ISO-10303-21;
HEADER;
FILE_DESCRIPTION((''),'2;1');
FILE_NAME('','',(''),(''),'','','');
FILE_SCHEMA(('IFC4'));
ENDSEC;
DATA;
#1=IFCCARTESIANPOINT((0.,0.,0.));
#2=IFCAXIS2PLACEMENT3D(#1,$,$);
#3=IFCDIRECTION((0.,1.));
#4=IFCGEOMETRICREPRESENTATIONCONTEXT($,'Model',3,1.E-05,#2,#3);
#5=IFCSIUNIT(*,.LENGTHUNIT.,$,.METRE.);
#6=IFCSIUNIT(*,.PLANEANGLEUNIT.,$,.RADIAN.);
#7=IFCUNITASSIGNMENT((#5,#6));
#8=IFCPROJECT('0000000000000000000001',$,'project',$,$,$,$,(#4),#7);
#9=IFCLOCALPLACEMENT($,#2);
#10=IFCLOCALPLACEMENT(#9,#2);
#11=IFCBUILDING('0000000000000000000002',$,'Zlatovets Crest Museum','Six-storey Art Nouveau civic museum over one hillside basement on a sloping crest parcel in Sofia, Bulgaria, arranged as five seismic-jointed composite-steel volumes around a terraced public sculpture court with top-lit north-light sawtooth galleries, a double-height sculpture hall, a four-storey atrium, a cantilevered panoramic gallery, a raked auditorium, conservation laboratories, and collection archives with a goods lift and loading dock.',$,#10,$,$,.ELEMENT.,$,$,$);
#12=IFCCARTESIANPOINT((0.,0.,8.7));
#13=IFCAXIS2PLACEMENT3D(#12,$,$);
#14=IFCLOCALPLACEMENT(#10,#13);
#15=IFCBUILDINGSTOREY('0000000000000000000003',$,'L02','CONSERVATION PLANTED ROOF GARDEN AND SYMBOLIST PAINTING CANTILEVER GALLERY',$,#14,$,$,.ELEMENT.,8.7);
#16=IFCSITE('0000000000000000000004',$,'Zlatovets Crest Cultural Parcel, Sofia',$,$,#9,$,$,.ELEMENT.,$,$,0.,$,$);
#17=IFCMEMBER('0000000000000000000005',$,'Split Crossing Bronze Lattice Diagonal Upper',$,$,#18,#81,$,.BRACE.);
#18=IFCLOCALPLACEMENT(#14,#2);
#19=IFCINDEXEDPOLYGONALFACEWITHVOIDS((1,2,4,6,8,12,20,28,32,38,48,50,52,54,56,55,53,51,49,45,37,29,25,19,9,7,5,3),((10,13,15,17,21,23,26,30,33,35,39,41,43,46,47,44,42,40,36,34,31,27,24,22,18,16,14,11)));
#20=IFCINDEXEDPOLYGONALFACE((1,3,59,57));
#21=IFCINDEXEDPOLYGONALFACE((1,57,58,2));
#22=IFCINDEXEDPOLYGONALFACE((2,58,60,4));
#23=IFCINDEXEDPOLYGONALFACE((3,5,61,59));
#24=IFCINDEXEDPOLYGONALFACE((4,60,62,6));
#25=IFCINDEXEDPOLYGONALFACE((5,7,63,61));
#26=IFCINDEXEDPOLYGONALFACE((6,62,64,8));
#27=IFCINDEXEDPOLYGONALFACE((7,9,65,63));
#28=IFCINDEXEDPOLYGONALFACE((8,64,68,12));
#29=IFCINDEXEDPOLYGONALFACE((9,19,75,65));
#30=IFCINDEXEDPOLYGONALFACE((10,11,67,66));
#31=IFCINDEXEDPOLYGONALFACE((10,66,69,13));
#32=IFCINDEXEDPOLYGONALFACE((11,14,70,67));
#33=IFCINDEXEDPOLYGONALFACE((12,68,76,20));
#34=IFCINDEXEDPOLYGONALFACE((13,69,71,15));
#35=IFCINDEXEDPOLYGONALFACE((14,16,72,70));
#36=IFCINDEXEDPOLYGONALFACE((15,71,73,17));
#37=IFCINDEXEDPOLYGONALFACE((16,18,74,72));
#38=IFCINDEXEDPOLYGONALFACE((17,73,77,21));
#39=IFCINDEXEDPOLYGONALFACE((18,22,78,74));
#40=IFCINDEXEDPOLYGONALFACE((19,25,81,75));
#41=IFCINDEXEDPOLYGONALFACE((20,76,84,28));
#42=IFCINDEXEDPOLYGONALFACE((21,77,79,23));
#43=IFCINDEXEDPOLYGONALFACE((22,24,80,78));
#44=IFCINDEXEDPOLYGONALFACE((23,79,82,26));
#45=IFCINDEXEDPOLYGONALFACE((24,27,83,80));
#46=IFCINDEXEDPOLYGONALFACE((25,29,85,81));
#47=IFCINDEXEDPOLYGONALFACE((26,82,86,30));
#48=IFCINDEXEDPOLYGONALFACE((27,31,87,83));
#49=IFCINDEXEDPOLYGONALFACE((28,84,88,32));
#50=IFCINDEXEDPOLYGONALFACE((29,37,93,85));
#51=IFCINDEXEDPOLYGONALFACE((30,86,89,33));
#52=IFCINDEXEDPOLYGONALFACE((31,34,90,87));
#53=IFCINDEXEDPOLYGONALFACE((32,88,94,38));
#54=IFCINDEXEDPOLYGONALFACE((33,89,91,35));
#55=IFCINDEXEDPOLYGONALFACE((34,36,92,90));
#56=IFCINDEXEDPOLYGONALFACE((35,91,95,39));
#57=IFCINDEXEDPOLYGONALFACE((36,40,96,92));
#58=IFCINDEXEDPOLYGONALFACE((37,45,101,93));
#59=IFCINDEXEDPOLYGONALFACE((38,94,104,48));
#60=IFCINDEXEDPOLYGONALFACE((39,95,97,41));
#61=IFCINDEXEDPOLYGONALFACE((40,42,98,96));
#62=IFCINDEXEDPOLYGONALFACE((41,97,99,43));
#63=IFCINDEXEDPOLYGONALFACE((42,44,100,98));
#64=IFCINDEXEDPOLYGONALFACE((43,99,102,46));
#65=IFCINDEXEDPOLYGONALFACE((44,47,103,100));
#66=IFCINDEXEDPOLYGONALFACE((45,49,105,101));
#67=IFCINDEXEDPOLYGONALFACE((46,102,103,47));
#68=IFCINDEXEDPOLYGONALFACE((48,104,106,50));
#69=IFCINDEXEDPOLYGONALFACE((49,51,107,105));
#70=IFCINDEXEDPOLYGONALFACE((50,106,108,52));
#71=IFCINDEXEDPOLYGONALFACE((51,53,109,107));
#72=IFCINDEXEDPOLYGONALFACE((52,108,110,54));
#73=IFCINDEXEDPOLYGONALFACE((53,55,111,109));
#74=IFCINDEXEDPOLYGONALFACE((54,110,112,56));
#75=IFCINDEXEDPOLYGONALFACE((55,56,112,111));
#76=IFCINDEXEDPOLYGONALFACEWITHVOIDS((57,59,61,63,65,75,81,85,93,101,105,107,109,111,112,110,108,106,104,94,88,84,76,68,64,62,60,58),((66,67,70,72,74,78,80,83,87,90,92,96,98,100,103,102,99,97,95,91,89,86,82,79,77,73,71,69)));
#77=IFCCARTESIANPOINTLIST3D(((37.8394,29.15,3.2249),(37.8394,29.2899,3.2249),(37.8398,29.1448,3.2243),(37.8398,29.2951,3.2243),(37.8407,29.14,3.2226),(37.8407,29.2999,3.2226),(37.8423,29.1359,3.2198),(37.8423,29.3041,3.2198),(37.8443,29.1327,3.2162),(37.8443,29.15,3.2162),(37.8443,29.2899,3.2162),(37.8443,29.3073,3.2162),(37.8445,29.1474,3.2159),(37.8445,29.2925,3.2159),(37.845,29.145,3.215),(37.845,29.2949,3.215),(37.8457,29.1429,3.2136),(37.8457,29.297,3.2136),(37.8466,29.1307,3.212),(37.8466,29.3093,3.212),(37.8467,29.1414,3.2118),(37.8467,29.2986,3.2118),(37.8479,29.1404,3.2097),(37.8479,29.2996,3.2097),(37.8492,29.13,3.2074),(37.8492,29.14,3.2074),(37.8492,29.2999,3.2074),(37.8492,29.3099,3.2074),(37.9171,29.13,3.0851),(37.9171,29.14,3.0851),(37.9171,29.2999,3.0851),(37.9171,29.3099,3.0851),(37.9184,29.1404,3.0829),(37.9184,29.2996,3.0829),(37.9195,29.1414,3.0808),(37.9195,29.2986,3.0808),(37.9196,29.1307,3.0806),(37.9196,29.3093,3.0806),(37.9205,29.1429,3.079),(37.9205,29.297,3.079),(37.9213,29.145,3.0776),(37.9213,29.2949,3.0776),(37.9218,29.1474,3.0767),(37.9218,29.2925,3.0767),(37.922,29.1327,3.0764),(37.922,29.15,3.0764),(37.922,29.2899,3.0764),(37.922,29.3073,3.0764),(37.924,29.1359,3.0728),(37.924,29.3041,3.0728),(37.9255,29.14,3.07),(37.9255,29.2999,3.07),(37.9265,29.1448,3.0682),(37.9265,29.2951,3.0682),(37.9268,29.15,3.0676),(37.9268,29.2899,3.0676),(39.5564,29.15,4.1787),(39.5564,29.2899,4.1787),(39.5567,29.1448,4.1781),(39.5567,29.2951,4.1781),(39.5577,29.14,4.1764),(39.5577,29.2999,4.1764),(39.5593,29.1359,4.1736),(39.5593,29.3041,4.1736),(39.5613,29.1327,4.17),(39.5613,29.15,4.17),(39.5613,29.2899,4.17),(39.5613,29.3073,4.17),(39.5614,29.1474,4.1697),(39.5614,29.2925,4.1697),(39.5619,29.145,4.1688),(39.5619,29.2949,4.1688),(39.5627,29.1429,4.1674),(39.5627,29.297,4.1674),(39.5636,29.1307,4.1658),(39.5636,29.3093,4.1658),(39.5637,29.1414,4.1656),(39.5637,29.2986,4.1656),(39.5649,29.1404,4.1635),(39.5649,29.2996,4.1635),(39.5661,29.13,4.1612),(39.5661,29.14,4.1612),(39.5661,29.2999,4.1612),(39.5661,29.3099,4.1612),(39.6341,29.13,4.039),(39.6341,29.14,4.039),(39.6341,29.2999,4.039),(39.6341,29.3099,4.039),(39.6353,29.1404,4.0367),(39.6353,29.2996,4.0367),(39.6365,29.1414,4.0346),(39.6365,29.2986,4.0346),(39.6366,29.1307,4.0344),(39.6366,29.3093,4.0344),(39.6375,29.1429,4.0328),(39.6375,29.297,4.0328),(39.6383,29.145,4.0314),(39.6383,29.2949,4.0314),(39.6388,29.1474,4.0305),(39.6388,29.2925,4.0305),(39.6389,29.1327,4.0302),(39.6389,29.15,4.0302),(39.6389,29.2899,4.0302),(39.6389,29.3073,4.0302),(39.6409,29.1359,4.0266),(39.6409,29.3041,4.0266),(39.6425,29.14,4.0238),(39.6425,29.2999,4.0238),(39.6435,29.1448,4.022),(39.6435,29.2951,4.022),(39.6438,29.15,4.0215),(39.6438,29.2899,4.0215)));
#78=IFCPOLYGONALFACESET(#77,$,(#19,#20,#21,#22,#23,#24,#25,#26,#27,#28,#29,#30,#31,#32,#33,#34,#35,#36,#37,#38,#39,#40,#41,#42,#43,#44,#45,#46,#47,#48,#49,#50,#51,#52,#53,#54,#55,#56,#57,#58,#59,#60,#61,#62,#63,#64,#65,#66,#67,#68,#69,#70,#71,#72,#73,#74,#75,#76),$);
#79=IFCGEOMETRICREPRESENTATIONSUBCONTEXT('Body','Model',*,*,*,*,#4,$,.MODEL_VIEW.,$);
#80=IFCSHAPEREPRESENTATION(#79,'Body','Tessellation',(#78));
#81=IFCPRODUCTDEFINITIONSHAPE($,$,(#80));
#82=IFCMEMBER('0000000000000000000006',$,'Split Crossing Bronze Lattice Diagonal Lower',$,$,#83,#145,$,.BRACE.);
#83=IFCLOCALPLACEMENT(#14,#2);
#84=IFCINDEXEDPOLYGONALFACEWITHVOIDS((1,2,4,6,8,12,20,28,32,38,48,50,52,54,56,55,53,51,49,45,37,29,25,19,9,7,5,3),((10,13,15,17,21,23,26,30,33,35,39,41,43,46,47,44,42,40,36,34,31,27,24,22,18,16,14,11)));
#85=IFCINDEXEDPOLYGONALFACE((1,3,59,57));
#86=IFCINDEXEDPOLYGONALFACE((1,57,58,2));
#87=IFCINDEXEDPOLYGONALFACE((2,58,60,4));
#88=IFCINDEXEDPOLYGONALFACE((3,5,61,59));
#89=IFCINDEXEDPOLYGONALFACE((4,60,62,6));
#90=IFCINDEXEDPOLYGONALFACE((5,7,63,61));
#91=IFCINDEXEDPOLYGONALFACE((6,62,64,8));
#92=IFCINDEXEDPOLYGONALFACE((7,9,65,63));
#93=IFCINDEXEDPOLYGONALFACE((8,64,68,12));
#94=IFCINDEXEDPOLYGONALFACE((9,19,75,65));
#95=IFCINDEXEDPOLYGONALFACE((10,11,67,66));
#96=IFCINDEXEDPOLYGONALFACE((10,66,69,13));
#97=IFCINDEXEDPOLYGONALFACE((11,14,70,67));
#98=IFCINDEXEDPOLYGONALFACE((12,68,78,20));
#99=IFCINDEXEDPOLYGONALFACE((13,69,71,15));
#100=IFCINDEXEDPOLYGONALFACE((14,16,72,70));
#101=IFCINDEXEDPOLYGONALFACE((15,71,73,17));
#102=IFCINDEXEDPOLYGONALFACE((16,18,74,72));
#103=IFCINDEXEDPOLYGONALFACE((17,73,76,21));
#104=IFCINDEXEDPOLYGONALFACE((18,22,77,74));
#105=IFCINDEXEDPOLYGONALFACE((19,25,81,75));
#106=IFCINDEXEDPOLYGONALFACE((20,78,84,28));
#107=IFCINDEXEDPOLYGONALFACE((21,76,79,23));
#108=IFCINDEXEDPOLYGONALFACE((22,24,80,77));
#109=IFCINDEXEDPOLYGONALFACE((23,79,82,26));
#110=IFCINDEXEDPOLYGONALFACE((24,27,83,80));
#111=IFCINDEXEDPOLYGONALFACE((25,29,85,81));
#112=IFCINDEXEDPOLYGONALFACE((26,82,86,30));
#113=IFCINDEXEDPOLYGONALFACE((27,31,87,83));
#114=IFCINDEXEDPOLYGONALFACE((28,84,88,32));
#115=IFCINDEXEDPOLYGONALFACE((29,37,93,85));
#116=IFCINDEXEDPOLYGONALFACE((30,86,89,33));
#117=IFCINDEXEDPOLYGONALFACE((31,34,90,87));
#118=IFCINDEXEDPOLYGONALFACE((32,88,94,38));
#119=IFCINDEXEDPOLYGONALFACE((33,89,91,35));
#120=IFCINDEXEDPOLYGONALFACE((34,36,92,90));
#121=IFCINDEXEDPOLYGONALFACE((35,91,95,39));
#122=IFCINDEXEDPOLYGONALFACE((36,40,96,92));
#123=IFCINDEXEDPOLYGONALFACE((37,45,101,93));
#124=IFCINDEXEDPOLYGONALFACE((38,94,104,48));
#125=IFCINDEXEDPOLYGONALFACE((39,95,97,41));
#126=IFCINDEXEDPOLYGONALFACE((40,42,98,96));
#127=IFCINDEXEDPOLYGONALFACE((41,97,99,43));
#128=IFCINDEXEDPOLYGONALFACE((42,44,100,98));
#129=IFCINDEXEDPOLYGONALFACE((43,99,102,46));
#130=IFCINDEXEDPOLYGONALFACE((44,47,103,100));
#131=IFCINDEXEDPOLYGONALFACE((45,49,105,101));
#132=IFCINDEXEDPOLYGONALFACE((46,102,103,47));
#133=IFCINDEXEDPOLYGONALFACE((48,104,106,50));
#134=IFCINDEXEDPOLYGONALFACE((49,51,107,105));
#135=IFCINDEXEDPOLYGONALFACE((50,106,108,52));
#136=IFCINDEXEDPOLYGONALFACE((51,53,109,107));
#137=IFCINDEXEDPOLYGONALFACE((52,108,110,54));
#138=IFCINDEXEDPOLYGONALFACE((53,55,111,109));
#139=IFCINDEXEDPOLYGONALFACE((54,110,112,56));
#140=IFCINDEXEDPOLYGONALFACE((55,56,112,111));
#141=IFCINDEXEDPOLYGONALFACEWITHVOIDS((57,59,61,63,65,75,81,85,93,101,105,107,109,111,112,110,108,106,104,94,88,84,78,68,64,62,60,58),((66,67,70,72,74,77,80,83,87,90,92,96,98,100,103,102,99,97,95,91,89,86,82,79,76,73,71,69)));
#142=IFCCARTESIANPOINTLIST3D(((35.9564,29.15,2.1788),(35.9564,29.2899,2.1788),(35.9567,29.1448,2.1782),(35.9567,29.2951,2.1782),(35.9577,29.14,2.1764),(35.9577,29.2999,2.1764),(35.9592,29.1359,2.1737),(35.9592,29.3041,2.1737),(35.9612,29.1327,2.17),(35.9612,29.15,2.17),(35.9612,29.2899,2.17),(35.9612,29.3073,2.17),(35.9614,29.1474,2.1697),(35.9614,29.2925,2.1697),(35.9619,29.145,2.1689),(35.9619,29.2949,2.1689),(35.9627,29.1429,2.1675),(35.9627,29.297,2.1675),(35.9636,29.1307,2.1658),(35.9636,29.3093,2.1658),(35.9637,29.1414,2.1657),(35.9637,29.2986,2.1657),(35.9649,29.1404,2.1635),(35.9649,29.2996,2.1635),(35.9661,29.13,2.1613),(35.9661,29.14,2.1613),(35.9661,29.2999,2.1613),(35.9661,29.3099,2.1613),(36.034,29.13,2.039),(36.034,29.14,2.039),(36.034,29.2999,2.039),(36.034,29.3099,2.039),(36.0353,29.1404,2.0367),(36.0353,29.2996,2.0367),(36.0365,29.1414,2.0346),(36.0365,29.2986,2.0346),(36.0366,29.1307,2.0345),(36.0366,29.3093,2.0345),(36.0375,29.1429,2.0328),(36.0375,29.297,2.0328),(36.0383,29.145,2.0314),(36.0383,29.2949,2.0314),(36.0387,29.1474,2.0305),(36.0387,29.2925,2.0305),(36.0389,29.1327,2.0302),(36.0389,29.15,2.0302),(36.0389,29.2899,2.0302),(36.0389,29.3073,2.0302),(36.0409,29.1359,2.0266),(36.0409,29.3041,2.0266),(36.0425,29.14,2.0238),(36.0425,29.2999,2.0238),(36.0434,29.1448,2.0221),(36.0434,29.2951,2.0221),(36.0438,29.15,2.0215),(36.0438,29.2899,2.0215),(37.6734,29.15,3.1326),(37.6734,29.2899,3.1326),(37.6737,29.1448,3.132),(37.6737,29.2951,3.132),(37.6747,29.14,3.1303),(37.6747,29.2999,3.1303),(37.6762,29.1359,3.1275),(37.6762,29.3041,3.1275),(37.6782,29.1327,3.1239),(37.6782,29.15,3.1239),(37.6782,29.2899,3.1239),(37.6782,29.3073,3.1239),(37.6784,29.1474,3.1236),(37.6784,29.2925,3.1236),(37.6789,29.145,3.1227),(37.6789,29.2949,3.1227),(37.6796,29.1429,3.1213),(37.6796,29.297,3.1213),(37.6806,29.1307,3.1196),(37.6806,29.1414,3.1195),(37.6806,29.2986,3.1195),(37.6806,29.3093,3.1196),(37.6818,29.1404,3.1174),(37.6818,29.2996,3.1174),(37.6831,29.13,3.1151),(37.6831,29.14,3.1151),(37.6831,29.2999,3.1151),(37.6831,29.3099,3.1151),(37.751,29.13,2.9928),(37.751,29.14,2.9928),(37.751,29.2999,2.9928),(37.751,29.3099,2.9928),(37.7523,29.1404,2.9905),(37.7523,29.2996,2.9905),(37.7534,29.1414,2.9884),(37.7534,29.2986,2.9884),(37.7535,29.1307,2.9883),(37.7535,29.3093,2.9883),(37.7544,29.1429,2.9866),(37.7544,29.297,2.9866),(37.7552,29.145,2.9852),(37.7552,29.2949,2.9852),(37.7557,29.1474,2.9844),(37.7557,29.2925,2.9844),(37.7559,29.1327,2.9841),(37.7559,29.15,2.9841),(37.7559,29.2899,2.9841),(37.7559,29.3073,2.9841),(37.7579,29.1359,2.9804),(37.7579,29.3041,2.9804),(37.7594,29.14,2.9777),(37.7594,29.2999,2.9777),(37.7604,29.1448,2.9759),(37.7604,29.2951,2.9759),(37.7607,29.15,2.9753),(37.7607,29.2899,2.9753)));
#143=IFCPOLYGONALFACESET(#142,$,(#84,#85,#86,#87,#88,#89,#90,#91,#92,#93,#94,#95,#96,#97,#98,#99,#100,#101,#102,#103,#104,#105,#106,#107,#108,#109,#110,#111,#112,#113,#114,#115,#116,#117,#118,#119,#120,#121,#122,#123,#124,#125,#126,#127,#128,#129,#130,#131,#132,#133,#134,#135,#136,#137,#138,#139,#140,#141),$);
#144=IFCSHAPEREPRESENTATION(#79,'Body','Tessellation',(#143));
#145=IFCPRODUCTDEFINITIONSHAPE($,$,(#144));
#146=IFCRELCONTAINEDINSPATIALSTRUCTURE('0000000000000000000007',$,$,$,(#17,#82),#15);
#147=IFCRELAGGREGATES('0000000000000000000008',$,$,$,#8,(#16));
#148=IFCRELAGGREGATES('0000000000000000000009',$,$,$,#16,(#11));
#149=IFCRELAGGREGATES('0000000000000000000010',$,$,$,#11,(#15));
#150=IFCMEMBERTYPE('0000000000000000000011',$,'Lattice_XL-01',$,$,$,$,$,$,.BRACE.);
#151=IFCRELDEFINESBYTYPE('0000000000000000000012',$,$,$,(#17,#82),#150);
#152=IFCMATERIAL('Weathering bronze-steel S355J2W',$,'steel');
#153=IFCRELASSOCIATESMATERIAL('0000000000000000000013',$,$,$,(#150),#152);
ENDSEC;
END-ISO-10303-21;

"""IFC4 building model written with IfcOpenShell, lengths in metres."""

from ifc_helpers import new_model, si_unit, direction, frame, origin, origin_2d, place, context, subcontext, project, spatial, hollow_rectangle, extrude, material, material_profile, profile_set, type_object, element, save


model = new_model("IFC4")

# Units and contexts
model_context = context("Model", 3, precision=1e-05, world=origin(), true_north=direction((0.0, 1.0)))
body_context = subcontext(model_context, "Body", "Model", "MODEL_VIEW")
ifc_project = project(units=[si_unit("LENGTHUNIT", "METRE"), si_unit("PLANEANGLEUNIT", "RADIAN")], contexts=[model_context])

# Site, building, storey
site_placement = place(None, origin())
site = spatial("IfcSite", under=ifc_project, at=site_placement, Name="Zlatovets Crest Cultural Parcel, Sofia", CompositionType="ELEMENT", RefElevation=0.0)
building_placement = place(site_placement, origin())
building = spatial("IfcBuilding", under=site, at=building_placement, Name="Zlatovets Crest Museum", Description="Six-storey Art Nouveau civic museum over one hillside basement on a sloping crest parcel in Sofia, Bulgaria, arranged as five seismic-jointed composite-steel volumes around a terraced public sculpture court with top-lit north-light sawtooth galleries, a double-height sculpture hall, a four-storey atrium, a cantilevered panoramic gallery, a raked auditorium, conservation laboratories, and collection archives with a goods lift and loading dock.", CompositionType="ELEMENT")
storey_placement = place(building_placement, frame((0.0, 0.0, 8.7)))
storey = spatial("IfcBuildingStorey", under=building, at=storey_placement, Name="L02", Description="CONSERVATION PLANTED ROOF GARDEN AND SYMBOLIST PAINTING CANTILEVER GALLERY", CompositionType="ELEMENT", Elevation=8.7)

# Members
ifc_material_1 = material(Name="Weathering bronze-steel S355J2W", Category="steel")
ifc_material_profile_1 = material_profile(ifc_material_1, hollow_rectangle(XDim=0.1799, YDim=0.1799, WallThickness=0.01, InnerFilletRadius=0.01, OuterFilletRadius=0.02, at=origin_2d()), Name="SHS 180x180x10.0")
ifc_profile_set_1 = profile_set([ifc_material_profile_1], Name="Weathering bronze-steel S355J2W")
member_type_1 = type_object("IfcMemberType", Name="Lattice_XL-01", PredefinedType="BRACE", material=ifc_profile_set_1)
for number, where, z_axis, x_axis, name in (
    (1, (39.6001, 29.22, 4.1001), (-0.874169, 0.0, -0.485622), (0.0, -1.0, 0.0), "Split Crossing Bronze Lattice Diagonal Upper"),
    (2, (37.717, 29.22, 3.054), (-0.874169, 0.0, -0.485622), (0.0, -1.0, 0.0), "Split Crossing Bronze Lattice Diagonal Lower"),
):
    element("IfcMember", number, at=place(storey_placement, frame(where, z_axis=z_axis, x_axis=x_axis)), inside=storey, type_object=member_type_1, Name=name, PredefinedType="BRACE", context=body_context, shape_type="SweptSolid", body=[
        extrude(hollow_rectangle(XDim=0.1799, YDim=0.1799, WallThickness=0.01, InnerFilletRadius=0.01, OuterFilletRadius=0.02, at=origin_2d()), origin(), (0.0, 0.0, 1.0), 1.9641),
    ])

save(model, "model.ifc")
